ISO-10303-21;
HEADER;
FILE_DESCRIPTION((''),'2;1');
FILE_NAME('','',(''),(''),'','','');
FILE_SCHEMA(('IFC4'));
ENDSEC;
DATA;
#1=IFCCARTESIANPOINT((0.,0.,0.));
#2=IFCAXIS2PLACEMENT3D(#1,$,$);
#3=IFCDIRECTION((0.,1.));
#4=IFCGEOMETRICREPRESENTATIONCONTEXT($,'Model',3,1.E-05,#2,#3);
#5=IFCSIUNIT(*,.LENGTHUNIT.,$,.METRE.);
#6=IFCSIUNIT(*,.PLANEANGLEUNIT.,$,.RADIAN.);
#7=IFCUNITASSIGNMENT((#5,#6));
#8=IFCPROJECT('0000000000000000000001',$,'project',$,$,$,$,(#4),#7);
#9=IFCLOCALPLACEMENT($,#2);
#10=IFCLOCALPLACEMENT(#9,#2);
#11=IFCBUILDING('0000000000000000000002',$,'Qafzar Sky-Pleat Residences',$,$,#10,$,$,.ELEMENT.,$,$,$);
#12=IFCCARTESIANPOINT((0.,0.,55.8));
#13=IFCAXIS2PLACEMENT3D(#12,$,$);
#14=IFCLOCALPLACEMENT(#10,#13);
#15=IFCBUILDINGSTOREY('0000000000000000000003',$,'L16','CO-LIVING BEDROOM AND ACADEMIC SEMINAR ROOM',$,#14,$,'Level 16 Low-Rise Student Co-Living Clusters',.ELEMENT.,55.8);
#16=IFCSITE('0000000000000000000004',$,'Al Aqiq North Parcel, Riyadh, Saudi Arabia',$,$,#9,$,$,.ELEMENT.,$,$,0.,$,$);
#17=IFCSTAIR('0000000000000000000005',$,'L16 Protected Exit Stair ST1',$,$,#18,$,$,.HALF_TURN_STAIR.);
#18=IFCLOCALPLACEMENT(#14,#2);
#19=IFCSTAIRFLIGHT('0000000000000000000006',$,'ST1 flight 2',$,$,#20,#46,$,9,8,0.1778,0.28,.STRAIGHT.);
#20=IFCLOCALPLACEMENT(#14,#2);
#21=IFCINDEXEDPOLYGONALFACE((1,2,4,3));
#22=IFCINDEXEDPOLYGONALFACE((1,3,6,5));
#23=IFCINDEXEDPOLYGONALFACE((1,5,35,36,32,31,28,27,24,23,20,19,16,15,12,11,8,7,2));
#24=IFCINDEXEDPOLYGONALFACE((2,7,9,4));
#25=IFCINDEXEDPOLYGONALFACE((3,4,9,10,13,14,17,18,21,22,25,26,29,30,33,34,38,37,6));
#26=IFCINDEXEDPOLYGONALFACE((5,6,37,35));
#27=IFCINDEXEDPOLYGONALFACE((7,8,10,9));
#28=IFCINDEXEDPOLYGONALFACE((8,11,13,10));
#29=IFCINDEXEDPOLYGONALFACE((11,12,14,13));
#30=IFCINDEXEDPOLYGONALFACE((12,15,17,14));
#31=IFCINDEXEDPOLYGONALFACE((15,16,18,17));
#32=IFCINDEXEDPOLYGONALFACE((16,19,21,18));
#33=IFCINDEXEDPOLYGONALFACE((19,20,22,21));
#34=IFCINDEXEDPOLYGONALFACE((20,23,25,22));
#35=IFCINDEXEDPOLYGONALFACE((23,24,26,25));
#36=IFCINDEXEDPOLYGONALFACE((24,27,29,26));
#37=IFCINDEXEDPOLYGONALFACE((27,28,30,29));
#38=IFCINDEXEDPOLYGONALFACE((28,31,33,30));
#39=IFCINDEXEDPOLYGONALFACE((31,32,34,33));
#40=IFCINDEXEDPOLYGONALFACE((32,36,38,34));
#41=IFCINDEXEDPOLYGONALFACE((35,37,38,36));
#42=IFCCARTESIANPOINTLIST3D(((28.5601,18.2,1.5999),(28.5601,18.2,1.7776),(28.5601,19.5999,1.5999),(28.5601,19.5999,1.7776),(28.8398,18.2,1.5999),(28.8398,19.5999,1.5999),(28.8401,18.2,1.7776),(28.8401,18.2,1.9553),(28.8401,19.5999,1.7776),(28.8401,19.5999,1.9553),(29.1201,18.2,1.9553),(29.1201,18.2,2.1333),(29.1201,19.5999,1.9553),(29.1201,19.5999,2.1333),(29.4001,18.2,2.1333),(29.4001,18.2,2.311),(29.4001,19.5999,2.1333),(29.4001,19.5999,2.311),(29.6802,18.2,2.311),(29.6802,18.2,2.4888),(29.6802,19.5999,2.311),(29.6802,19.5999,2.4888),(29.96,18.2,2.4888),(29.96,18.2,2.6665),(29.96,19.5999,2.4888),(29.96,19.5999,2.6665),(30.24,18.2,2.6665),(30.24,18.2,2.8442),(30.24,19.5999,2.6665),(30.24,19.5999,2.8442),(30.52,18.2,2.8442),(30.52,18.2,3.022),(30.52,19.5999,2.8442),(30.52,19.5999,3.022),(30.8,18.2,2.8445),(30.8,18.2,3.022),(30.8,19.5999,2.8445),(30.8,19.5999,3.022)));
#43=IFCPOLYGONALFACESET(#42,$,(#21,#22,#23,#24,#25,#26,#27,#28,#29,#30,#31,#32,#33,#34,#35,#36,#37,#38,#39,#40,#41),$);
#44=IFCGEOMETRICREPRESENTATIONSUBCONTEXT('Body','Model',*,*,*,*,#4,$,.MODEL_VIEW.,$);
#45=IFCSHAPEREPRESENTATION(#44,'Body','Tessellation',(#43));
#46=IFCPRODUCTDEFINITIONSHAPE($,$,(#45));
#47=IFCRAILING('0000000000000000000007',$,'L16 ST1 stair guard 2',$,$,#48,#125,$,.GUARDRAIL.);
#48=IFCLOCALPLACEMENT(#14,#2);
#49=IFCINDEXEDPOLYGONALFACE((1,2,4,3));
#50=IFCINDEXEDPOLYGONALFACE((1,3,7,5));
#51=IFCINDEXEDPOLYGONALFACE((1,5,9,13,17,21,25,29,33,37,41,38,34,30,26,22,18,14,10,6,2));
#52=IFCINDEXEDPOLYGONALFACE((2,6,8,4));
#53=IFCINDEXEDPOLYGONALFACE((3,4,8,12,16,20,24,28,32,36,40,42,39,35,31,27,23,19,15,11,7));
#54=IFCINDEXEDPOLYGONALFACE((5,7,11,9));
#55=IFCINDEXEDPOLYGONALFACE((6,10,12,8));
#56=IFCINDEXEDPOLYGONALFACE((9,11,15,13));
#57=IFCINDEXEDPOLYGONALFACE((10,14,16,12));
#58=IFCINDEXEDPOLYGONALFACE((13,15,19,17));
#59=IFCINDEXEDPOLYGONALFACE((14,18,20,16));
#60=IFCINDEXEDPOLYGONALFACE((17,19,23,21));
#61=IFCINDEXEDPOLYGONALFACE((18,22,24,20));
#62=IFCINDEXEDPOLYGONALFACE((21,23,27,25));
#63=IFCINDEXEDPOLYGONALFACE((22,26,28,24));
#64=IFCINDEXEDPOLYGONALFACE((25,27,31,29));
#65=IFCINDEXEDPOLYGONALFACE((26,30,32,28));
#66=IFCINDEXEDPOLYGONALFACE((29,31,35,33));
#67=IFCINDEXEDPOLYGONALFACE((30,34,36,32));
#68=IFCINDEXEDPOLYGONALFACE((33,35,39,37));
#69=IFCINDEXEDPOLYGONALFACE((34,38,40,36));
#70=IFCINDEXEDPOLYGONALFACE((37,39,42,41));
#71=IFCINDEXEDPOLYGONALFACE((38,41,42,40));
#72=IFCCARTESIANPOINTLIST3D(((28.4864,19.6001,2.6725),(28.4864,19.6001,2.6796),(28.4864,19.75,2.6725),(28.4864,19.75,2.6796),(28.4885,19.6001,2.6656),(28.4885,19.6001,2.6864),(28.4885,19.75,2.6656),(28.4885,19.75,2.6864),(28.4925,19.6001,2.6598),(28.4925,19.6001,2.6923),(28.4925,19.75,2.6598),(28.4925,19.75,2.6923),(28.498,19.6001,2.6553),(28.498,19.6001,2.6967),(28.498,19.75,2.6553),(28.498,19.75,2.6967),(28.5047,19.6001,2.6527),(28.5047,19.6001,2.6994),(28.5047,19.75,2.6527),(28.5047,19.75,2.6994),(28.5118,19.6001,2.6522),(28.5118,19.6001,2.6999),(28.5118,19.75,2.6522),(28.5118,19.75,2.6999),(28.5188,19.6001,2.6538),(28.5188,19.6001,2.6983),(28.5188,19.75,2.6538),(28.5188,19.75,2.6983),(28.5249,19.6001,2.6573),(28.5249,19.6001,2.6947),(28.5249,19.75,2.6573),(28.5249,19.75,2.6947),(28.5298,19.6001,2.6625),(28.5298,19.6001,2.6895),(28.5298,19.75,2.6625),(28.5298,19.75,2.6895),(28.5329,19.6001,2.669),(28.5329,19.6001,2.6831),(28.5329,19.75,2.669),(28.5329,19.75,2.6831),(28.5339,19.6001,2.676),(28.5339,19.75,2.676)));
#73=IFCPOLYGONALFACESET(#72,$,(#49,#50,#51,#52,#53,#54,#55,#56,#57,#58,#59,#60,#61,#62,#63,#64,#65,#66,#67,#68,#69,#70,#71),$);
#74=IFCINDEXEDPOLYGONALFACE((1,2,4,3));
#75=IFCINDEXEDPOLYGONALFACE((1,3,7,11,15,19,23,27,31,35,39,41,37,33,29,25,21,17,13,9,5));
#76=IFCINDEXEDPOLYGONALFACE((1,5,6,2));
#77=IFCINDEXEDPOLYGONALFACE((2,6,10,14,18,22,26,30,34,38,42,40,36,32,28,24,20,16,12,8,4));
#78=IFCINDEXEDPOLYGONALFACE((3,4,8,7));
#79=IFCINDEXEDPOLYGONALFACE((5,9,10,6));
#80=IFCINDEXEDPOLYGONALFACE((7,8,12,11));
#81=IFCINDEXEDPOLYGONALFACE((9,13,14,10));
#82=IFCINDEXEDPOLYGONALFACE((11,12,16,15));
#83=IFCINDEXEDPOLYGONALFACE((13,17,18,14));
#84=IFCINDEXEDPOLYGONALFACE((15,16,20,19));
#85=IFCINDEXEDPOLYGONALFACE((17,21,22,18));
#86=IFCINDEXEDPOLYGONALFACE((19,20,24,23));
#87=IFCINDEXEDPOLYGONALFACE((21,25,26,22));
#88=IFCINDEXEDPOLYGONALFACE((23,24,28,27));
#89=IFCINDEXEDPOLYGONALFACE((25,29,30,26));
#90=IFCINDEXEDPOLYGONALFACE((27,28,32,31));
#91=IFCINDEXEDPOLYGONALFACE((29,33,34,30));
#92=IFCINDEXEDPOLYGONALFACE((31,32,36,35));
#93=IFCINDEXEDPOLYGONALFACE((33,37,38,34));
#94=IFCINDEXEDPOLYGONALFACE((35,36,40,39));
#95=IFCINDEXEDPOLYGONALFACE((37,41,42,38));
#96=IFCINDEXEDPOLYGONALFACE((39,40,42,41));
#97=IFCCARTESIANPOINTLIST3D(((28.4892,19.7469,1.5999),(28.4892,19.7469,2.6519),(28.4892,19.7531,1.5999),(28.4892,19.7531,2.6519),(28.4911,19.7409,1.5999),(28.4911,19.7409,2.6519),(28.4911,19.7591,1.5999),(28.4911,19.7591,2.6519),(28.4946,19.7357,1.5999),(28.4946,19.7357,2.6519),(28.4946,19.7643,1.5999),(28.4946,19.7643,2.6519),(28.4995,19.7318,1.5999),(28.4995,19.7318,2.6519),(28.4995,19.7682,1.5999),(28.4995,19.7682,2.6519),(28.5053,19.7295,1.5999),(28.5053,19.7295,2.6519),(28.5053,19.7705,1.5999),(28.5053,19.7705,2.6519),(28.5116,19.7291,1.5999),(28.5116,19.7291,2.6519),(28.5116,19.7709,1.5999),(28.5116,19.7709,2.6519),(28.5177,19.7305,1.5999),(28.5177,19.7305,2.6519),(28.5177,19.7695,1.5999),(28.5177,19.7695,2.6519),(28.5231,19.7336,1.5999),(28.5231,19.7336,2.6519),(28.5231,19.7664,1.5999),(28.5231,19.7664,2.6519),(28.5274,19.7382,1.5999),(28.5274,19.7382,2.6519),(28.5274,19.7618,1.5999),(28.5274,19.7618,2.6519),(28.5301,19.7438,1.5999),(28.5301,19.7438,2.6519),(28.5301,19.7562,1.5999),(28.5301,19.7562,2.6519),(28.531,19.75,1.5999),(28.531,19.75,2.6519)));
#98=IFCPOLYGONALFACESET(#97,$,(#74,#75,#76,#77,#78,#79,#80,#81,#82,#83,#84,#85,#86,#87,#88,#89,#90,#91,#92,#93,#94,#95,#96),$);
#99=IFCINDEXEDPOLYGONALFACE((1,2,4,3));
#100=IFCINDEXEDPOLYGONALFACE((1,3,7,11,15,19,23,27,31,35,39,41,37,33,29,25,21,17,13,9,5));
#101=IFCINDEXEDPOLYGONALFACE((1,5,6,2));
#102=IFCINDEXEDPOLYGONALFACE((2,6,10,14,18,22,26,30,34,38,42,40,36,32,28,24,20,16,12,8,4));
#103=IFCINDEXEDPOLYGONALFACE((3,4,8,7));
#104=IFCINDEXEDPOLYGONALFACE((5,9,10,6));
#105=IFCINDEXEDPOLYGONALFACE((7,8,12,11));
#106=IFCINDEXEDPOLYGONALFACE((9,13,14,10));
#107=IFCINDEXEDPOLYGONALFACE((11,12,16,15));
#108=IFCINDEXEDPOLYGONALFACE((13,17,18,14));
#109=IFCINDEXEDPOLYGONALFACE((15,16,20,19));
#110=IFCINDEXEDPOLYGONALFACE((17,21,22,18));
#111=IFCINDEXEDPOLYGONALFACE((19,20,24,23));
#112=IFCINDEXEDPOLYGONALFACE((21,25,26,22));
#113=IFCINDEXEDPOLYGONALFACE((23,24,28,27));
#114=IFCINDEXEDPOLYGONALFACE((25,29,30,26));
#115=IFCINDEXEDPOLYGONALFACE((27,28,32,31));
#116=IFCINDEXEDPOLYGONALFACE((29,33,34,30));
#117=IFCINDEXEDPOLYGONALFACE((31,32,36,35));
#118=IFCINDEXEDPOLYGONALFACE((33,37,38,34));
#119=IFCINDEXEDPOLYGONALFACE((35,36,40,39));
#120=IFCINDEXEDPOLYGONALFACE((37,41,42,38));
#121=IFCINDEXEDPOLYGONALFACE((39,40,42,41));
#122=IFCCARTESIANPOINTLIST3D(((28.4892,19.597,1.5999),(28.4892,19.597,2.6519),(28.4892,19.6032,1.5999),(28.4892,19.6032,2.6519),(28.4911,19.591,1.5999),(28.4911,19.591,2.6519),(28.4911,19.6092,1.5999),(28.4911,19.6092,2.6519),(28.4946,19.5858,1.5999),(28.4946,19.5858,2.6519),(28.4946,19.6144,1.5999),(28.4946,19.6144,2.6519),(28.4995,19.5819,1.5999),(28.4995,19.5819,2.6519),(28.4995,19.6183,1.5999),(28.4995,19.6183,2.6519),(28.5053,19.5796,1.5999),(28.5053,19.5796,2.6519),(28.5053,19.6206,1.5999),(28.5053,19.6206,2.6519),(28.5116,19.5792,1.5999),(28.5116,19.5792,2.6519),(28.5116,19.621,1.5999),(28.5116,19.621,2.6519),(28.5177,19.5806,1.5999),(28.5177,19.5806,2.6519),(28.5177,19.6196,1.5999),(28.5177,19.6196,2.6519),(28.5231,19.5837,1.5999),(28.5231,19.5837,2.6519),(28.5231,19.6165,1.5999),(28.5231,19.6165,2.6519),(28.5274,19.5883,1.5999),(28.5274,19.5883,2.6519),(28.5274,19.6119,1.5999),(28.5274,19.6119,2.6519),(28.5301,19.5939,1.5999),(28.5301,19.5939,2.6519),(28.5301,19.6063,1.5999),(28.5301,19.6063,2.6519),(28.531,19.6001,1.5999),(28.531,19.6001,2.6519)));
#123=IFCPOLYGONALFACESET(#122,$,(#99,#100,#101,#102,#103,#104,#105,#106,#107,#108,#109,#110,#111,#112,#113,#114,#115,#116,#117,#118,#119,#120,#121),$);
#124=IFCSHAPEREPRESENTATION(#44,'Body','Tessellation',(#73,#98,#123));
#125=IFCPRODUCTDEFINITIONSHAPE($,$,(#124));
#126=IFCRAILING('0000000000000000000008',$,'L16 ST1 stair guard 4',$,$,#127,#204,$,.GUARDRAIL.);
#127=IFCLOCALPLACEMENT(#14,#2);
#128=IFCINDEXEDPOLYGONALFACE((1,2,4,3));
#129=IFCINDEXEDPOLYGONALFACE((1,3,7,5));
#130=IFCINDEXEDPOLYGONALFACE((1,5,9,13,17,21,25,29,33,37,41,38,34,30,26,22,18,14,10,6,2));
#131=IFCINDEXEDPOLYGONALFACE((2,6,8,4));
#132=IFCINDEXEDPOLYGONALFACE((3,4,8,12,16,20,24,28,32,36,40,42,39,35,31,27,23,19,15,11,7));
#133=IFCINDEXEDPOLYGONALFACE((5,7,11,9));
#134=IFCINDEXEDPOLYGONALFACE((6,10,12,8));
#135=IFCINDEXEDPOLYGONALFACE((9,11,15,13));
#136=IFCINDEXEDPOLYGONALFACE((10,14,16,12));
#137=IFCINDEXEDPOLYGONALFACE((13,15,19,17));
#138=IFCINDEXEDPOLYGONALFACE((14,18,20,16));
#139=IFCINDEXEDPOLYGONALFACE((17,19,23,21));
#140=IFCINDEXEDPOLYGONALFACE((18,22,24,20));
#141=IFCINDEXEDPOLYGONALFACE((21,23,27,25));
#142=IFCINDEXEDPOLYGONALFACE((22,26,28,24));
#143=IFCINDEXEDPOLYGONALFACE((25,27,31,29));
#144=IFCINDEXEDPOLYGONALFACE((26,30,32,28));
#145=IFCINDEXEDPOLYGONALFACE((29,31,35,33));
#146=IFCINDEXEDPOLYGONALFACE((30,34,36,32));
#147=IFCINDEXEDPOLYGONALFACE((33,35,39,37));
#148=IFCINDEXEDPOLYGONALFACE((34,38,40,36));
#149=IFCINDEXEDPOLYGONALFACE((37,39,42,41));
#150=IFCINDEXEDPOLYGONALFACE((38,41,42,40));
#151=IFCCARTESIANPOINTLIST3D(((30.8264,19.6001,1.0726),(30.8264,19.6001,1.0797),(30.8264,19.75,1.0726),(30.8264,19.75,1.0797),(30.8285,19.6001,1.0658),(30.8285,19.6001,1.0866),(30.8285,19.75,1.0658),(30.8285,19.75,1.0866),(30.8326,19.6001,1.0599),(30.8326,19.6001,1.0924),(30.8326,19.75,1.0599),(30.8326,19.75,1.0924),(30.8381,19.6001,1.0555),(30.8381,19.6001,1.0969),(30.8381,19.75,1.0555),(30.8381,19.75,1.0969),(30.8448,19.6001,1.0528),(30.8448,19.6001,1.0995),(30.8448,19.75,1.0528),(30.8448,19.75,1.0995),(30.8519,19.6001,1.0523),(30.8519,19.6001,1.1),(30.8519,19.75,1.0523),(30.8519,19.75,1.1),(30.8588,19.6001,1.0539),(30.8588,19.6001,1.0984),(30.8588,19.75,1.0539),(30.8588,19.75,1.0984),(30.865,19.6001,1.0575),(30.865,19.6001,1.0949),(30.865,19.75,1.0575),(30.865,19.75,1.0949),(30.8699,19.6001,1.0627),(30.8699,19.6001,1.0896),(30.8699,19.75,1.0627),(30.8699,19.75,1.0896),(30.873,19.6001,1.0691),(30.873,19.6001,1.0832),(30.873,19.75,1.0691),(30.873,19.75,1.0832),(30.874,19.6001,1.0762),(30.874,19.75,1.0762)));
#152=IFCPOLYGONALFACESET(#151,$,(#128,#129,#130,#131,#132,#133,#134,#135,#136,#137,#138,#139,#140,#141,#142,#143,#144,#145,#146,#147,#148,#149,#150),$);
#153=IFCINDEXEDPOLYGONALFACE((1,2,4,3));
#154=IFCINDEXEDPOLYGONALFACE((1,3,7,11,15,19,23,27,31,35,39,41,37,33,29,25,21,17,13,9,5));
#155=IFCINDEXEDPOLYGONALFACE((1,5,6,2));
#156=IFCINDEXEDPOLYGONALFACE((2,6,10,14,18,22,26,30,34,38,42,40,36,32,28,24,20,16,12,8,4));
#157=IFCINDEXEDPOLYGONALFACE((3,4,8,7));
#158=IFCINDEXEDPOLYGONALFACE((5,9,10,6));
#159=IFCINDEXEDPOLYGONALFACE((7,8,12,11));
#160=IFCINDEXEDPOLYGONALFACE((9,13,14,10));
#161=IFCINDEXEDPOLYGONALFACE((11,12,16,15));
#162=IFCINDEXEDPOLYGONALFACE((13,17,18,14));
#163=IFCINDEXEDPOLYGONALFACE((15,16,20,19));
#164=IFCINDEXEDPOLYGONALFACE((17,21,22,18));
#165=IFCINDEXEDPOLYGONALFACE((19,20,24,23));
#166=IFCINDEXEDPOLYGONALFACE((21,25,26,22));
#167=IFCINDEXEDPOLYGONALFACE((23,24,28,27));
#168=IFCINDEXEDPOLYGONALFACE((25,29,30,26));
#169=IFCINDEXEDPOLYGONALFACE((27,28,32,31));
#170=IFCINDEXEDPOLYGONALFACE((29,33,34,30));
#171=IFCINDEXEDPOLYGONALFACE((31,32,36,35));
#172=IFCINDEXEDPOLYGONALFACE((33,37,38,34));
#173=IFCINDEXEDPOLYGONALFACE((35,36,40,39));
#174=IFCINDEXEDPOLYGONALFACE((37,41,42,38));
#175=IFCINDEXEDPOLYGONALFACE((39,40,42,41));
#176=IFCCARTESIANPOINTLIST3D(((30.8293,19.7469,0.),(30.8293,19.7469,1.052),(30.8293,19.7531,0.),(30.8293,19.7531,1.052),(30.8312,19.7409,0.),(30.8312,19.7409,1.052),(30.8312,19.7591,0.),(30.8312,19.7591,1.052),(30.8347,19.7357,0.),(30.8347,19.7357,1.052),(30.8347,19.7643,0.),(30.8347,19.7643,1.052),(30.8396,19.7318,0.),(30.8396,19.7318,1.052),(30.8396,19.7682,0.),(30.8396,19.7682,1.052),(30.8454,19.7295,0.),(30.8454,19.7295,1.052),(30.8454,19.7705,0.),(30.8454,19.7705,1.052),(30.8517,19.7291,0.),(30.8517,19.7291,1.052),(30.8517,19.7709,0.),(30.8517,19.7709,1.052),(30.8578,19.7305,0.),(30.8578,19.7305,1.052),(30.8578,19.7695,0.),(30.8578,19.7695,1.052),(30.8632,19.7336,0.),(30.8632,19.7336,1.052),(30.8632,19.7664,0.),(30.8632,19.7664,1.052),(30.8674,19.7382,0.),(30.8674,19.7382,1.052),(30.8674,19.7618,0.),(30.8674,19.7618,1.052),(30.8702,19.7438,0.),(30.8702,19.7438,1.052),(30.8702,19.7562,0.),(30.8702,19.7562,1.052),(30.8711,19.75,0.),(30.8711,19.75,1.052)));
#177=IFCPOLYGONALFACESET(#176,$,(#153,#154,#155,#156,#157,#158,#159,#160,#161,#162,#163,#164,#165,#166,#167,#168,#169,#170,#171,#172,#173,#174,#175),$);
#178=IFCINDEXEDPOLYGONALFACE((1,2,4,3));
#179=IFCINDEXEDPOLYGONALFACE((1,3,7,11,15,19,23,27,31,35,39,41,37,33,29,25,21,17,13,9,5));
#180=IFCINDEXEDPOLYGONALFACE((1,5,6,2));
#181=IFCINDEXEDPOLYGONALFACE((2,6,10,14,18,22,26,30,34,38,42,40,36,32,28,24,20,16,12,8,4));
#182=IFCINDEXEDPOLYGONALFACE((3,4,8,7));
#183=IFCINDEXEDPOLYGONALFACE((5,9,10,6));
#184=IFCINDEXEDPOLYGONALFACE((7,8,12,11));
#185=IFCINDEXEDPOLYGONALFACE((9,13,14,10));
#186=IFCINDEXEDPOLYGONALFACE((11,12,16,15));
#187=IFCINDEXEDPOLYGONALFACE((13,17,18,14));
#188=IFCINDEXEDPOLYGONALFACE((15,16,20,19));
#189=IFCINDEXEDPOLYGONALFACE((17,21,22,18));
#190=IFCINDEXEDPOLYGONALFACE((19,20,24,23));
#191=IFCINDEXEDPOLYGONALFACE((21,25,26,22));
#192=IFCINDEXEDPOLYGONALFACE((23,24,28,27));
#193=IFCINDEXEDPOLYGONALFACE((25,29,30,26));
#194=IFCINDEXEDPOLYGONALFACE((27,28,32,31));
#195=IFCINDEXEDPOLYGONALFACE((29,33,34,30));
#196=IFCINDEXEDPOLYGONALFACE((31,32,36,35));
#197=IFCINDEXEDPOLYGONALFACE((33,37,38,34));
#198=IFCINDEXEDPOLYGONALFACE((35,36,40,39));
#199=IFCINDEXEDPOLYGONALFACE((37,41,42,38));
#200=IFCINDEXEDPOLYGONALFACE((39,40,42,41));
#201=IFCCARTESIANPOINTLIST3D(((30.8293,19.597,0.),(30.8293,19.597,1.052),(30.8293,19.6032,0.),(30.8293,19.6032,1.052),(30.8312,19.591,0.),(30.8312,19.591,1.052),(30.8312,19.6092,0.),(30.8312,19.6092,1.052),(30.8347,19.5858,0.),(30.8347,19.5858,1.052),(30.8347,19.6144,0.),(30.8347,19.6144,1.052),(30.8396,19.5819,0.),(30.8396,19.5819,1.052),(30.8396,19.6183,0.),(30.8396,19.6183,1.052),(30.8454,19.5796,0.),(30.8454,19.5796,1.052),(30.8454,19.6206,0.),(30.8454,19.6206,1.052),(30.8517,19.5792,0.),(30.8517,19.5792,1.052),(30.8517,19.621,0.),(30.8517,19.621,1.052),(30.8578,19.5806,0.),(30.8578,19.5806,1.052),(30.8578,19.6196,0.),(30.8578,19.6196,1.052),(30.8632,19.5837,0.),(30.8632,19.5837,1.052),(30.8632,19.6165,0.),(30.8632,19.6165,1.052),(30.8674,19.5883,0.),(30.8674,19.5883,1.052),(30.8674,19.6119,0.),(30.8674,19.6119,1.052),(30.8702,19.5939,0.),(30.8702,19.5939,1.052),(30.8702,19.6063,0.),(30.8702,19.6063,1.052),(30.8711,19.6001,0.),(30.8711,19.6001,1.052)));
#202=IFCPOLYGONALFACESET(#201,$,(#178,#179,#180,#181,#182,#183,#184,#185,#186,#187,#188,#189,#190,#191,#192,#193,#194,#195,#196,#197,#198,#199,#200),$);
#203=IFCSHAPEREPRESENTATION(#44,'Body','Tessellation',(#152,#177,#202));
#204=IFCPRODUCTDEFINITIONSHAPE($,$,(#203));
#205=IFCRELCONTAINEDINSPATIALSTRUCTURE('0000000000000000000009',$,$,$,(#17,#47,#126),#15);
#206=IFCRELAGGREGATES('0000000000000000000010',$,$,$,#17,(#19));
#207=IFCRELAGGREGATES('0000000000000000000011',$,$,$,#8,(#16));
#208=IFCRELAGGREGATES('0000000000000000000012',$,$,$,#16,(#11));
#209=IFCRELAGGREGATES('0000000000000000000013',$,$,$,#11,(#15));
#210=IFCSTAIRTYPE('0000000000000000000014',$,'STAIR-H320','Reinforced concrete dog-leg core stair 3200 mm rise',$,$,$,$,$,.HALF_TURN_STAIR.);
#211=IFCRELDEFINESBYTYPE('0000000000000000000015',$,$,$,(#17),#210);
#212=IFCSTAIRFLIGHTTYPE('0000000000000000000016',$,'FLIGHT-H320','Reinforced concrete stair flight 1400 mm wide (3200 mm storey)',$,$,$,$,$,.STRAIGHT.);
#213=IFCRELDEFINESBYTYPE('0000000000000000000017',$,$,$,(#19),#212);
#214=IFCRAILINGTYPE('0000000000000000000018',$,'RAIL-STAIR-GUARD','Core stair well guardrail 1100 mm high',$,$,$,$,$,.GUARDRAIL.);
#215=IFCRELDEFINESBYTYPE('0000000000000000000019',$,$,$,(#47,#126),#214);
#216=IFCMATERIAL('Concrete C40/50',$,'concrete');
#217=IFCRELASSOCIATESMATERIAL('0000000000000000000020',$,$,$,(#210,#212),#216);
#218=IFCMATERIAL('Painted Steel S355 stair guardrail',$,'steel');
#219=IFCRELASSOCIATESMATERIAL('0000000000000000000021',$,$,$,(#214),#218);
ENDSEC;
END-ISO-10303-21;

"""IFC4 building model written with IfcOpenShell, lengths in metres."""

from ifc_helpers import new_model, si_unit, direction, frame, origin, origin_2d, place, context, subcontext, project, spatial, polyline, circle, outline, extrude, source, transform, mapped, material, type_object, element, aggregate, save


model = new_model("IFC4")

# Units and contexts
model_context = context("Model", 3, precision=1e-05, world=origin(), true_north=direction((0.0, 1.0)))
body_context = subcontext(model_context, "Body", "Model", "MODEL_VIEW")
ifc_project = project(units=[si_unit("LENGTHUNIT", "METRE"), si_unit("PLANEANGLEUNIT", "RADIAN")], contexts=[model_context])

# Site, building, storey
site_placement = place(None, origin())
site = spatial("IfcSite", under=ifc_project, at=site_placement, Name="Al Aqiq North Parcel, Riyadh, Saudi Arabia", CompositionType="ELEMENT", RefElevation=0.0)
building_placement = place(site_placement, origin())
building = spatial("IfcBuilding", under=site, at=building_placement, Name="Qafzar Sky-Pleat Residences", CompositionType="ELEMENT")
storey_placement = place(building_placement, frame((0.0, 0.0, 55.8)))
storey = spatial("IfcBuildingStorey", under=building, at=storey_placement, Name="L16", Description="CO-LIVING BEDROOM AND ACADEMIC SEMINAR ROOM", LongName="Level 16 Low-Rise Student Co-Living Clusters", CompositionType="ELEMENT", Elevation=55.8)

# Stair, stair flight
ifc_material_1 = material(Name="Concrete C40/50", Category="concrete")
stair_type = type_object("IfcStairType", Name="STAIR-H320", Description="Reinforced concrete dog-leg core stair 3200 mm rise", PredefinedType="HALF_TURN_STAIR", material=ifc_material_1)
stair_placement = place(storey_placement, origin())
stair = element("IfcStair", 1, at=stair_placement, inside=storey, type_object=stair_type, Name="L16 Protected Exit Stair ST1", PredefinedType="HALF_TURN_STAIR")
stair_flight_type = type_object("IfcStairFlightType", Name="FLIGHT-H320", Description="Reinforced concrete stair flight 1400 mm wide (3200 mm storey)", PredefinedType="STRAIGHT", material=ifc_material_1)
shared_shape_1 = source(origin(), body_context, "Body", "SweptSolid", [
    extrude(outline(polyline([(0.0, 0.0), (0.0, 0.1777), (0.28, 0.1777), (0.28, 0.3555), (0.5601, 0.3555), (0.5601, 0.5334), (0.8401, 0.5334), (0.8401, 0.7112), (1.1201, 0.7112), (1.1201, 0.8889), (1.3999, 0.8889), (1.3999, 1.0667), (1.6799, 1.0667), (1.6799, 1.2444), (1.96, 1.2444), (1.96, 1.4221), (2.24, 1.4221), (2.24, 1.6001), (2.24, 1.2446), (0.2798, 0.0), (0.0, 0.0)])), frame((0.0, 0.7, 0.0), z_axis=(0.0, -1.0, 0.0), x_axis=(1.0, 0.0, 0.0)), (0.0, 0.0, 1.0), 1.3999),
])
stair_flight_1_placement = place(storey_placement, frame((28.5601, 18.8999, 1.5999), z_axis=(0.0, 0.0, 1.0), x_axis=(1.0, 0.0, 0.0)))
stair_flight_1 = element("IfcStairFlight", 2, at=stair_flight_1_placement, type_object=stair_flight_type, Name="ST1 flight 2", NumberOfRisers=9, NumberOfTreads=8, PredefinedType="STRAIGHT", RiserHeight=0.1778, TreadLength=0.28, context=body_context, shape_type="MappedRepresentation", body=[
    mapped(shared_shape_1, transform((0.0, 0.0, 0.0), x_axis=(1.0, 0.0, 0.0), y_axis=(0.0, 1.0, 0.0), z_axis=(0.0, 0.0, 1.0), scale=1.0)),
])
aggregate(stair, [stair_flight_1])

# Railings
ifc_material_2 = material(Name="Painted Steel S355 stair guardrail", Category="steel")
railing_type_1 = type_object("IfcRailingType", Name="RAIL-STAIR-GUARD", Description="Core stair well guardrail 1100 mm high", PredefinedType="GUARDRAIL", material=ifc_material_2)
shared_shape_2 = source(origin(), body_context, "Body", "SweptSolid", [
    extrude(circle(Radius=0.0239, at=origin_2d()), frame((0.0, 0.0, 1.0762), z_axis=(0.0, -1.0, 0.0), x_axis=(1.0, 0.0, 0.0)), (0.0, 0.0, 1.0), 0.1499),
    extrude(circle(Radius=0.021, at=origin_2d()), origin(), (0.0, 0.0, 1.0), 1.052),
    extrude(circle(Radius=0.021, at=origin_2d()), frame((0.0, -0.1499, 0.0)), (0.0, 0.0, 1.0), 1.052),
])
for number, where, name in (
    (3, (28.51, 19.75, 1.5999), "L16 ST1 stair guard 2"),
    (4, (30.8501, 19.75, 0.0), "L16 ST1 stair guard 4"),
):
    element("IfcRailing", number, at=place(storey_placement, frame(where)), inside=storey, type_object=railing_type_1, Name=name, PredefinedType="GUARDRAIL", context=body_context, shape_type="MappedRepresentation", body=[
        mapped(shared_shape_2, transform((0.0, 0.0, 0.0), x_axis=(1.0, 0.0, 0.0), y_axis=(0.0, 1.0, 0.0), z_axis=(0.0, 0.0, 1.0), scale=1.0)),
    ])

save(model, "model.ifc")
